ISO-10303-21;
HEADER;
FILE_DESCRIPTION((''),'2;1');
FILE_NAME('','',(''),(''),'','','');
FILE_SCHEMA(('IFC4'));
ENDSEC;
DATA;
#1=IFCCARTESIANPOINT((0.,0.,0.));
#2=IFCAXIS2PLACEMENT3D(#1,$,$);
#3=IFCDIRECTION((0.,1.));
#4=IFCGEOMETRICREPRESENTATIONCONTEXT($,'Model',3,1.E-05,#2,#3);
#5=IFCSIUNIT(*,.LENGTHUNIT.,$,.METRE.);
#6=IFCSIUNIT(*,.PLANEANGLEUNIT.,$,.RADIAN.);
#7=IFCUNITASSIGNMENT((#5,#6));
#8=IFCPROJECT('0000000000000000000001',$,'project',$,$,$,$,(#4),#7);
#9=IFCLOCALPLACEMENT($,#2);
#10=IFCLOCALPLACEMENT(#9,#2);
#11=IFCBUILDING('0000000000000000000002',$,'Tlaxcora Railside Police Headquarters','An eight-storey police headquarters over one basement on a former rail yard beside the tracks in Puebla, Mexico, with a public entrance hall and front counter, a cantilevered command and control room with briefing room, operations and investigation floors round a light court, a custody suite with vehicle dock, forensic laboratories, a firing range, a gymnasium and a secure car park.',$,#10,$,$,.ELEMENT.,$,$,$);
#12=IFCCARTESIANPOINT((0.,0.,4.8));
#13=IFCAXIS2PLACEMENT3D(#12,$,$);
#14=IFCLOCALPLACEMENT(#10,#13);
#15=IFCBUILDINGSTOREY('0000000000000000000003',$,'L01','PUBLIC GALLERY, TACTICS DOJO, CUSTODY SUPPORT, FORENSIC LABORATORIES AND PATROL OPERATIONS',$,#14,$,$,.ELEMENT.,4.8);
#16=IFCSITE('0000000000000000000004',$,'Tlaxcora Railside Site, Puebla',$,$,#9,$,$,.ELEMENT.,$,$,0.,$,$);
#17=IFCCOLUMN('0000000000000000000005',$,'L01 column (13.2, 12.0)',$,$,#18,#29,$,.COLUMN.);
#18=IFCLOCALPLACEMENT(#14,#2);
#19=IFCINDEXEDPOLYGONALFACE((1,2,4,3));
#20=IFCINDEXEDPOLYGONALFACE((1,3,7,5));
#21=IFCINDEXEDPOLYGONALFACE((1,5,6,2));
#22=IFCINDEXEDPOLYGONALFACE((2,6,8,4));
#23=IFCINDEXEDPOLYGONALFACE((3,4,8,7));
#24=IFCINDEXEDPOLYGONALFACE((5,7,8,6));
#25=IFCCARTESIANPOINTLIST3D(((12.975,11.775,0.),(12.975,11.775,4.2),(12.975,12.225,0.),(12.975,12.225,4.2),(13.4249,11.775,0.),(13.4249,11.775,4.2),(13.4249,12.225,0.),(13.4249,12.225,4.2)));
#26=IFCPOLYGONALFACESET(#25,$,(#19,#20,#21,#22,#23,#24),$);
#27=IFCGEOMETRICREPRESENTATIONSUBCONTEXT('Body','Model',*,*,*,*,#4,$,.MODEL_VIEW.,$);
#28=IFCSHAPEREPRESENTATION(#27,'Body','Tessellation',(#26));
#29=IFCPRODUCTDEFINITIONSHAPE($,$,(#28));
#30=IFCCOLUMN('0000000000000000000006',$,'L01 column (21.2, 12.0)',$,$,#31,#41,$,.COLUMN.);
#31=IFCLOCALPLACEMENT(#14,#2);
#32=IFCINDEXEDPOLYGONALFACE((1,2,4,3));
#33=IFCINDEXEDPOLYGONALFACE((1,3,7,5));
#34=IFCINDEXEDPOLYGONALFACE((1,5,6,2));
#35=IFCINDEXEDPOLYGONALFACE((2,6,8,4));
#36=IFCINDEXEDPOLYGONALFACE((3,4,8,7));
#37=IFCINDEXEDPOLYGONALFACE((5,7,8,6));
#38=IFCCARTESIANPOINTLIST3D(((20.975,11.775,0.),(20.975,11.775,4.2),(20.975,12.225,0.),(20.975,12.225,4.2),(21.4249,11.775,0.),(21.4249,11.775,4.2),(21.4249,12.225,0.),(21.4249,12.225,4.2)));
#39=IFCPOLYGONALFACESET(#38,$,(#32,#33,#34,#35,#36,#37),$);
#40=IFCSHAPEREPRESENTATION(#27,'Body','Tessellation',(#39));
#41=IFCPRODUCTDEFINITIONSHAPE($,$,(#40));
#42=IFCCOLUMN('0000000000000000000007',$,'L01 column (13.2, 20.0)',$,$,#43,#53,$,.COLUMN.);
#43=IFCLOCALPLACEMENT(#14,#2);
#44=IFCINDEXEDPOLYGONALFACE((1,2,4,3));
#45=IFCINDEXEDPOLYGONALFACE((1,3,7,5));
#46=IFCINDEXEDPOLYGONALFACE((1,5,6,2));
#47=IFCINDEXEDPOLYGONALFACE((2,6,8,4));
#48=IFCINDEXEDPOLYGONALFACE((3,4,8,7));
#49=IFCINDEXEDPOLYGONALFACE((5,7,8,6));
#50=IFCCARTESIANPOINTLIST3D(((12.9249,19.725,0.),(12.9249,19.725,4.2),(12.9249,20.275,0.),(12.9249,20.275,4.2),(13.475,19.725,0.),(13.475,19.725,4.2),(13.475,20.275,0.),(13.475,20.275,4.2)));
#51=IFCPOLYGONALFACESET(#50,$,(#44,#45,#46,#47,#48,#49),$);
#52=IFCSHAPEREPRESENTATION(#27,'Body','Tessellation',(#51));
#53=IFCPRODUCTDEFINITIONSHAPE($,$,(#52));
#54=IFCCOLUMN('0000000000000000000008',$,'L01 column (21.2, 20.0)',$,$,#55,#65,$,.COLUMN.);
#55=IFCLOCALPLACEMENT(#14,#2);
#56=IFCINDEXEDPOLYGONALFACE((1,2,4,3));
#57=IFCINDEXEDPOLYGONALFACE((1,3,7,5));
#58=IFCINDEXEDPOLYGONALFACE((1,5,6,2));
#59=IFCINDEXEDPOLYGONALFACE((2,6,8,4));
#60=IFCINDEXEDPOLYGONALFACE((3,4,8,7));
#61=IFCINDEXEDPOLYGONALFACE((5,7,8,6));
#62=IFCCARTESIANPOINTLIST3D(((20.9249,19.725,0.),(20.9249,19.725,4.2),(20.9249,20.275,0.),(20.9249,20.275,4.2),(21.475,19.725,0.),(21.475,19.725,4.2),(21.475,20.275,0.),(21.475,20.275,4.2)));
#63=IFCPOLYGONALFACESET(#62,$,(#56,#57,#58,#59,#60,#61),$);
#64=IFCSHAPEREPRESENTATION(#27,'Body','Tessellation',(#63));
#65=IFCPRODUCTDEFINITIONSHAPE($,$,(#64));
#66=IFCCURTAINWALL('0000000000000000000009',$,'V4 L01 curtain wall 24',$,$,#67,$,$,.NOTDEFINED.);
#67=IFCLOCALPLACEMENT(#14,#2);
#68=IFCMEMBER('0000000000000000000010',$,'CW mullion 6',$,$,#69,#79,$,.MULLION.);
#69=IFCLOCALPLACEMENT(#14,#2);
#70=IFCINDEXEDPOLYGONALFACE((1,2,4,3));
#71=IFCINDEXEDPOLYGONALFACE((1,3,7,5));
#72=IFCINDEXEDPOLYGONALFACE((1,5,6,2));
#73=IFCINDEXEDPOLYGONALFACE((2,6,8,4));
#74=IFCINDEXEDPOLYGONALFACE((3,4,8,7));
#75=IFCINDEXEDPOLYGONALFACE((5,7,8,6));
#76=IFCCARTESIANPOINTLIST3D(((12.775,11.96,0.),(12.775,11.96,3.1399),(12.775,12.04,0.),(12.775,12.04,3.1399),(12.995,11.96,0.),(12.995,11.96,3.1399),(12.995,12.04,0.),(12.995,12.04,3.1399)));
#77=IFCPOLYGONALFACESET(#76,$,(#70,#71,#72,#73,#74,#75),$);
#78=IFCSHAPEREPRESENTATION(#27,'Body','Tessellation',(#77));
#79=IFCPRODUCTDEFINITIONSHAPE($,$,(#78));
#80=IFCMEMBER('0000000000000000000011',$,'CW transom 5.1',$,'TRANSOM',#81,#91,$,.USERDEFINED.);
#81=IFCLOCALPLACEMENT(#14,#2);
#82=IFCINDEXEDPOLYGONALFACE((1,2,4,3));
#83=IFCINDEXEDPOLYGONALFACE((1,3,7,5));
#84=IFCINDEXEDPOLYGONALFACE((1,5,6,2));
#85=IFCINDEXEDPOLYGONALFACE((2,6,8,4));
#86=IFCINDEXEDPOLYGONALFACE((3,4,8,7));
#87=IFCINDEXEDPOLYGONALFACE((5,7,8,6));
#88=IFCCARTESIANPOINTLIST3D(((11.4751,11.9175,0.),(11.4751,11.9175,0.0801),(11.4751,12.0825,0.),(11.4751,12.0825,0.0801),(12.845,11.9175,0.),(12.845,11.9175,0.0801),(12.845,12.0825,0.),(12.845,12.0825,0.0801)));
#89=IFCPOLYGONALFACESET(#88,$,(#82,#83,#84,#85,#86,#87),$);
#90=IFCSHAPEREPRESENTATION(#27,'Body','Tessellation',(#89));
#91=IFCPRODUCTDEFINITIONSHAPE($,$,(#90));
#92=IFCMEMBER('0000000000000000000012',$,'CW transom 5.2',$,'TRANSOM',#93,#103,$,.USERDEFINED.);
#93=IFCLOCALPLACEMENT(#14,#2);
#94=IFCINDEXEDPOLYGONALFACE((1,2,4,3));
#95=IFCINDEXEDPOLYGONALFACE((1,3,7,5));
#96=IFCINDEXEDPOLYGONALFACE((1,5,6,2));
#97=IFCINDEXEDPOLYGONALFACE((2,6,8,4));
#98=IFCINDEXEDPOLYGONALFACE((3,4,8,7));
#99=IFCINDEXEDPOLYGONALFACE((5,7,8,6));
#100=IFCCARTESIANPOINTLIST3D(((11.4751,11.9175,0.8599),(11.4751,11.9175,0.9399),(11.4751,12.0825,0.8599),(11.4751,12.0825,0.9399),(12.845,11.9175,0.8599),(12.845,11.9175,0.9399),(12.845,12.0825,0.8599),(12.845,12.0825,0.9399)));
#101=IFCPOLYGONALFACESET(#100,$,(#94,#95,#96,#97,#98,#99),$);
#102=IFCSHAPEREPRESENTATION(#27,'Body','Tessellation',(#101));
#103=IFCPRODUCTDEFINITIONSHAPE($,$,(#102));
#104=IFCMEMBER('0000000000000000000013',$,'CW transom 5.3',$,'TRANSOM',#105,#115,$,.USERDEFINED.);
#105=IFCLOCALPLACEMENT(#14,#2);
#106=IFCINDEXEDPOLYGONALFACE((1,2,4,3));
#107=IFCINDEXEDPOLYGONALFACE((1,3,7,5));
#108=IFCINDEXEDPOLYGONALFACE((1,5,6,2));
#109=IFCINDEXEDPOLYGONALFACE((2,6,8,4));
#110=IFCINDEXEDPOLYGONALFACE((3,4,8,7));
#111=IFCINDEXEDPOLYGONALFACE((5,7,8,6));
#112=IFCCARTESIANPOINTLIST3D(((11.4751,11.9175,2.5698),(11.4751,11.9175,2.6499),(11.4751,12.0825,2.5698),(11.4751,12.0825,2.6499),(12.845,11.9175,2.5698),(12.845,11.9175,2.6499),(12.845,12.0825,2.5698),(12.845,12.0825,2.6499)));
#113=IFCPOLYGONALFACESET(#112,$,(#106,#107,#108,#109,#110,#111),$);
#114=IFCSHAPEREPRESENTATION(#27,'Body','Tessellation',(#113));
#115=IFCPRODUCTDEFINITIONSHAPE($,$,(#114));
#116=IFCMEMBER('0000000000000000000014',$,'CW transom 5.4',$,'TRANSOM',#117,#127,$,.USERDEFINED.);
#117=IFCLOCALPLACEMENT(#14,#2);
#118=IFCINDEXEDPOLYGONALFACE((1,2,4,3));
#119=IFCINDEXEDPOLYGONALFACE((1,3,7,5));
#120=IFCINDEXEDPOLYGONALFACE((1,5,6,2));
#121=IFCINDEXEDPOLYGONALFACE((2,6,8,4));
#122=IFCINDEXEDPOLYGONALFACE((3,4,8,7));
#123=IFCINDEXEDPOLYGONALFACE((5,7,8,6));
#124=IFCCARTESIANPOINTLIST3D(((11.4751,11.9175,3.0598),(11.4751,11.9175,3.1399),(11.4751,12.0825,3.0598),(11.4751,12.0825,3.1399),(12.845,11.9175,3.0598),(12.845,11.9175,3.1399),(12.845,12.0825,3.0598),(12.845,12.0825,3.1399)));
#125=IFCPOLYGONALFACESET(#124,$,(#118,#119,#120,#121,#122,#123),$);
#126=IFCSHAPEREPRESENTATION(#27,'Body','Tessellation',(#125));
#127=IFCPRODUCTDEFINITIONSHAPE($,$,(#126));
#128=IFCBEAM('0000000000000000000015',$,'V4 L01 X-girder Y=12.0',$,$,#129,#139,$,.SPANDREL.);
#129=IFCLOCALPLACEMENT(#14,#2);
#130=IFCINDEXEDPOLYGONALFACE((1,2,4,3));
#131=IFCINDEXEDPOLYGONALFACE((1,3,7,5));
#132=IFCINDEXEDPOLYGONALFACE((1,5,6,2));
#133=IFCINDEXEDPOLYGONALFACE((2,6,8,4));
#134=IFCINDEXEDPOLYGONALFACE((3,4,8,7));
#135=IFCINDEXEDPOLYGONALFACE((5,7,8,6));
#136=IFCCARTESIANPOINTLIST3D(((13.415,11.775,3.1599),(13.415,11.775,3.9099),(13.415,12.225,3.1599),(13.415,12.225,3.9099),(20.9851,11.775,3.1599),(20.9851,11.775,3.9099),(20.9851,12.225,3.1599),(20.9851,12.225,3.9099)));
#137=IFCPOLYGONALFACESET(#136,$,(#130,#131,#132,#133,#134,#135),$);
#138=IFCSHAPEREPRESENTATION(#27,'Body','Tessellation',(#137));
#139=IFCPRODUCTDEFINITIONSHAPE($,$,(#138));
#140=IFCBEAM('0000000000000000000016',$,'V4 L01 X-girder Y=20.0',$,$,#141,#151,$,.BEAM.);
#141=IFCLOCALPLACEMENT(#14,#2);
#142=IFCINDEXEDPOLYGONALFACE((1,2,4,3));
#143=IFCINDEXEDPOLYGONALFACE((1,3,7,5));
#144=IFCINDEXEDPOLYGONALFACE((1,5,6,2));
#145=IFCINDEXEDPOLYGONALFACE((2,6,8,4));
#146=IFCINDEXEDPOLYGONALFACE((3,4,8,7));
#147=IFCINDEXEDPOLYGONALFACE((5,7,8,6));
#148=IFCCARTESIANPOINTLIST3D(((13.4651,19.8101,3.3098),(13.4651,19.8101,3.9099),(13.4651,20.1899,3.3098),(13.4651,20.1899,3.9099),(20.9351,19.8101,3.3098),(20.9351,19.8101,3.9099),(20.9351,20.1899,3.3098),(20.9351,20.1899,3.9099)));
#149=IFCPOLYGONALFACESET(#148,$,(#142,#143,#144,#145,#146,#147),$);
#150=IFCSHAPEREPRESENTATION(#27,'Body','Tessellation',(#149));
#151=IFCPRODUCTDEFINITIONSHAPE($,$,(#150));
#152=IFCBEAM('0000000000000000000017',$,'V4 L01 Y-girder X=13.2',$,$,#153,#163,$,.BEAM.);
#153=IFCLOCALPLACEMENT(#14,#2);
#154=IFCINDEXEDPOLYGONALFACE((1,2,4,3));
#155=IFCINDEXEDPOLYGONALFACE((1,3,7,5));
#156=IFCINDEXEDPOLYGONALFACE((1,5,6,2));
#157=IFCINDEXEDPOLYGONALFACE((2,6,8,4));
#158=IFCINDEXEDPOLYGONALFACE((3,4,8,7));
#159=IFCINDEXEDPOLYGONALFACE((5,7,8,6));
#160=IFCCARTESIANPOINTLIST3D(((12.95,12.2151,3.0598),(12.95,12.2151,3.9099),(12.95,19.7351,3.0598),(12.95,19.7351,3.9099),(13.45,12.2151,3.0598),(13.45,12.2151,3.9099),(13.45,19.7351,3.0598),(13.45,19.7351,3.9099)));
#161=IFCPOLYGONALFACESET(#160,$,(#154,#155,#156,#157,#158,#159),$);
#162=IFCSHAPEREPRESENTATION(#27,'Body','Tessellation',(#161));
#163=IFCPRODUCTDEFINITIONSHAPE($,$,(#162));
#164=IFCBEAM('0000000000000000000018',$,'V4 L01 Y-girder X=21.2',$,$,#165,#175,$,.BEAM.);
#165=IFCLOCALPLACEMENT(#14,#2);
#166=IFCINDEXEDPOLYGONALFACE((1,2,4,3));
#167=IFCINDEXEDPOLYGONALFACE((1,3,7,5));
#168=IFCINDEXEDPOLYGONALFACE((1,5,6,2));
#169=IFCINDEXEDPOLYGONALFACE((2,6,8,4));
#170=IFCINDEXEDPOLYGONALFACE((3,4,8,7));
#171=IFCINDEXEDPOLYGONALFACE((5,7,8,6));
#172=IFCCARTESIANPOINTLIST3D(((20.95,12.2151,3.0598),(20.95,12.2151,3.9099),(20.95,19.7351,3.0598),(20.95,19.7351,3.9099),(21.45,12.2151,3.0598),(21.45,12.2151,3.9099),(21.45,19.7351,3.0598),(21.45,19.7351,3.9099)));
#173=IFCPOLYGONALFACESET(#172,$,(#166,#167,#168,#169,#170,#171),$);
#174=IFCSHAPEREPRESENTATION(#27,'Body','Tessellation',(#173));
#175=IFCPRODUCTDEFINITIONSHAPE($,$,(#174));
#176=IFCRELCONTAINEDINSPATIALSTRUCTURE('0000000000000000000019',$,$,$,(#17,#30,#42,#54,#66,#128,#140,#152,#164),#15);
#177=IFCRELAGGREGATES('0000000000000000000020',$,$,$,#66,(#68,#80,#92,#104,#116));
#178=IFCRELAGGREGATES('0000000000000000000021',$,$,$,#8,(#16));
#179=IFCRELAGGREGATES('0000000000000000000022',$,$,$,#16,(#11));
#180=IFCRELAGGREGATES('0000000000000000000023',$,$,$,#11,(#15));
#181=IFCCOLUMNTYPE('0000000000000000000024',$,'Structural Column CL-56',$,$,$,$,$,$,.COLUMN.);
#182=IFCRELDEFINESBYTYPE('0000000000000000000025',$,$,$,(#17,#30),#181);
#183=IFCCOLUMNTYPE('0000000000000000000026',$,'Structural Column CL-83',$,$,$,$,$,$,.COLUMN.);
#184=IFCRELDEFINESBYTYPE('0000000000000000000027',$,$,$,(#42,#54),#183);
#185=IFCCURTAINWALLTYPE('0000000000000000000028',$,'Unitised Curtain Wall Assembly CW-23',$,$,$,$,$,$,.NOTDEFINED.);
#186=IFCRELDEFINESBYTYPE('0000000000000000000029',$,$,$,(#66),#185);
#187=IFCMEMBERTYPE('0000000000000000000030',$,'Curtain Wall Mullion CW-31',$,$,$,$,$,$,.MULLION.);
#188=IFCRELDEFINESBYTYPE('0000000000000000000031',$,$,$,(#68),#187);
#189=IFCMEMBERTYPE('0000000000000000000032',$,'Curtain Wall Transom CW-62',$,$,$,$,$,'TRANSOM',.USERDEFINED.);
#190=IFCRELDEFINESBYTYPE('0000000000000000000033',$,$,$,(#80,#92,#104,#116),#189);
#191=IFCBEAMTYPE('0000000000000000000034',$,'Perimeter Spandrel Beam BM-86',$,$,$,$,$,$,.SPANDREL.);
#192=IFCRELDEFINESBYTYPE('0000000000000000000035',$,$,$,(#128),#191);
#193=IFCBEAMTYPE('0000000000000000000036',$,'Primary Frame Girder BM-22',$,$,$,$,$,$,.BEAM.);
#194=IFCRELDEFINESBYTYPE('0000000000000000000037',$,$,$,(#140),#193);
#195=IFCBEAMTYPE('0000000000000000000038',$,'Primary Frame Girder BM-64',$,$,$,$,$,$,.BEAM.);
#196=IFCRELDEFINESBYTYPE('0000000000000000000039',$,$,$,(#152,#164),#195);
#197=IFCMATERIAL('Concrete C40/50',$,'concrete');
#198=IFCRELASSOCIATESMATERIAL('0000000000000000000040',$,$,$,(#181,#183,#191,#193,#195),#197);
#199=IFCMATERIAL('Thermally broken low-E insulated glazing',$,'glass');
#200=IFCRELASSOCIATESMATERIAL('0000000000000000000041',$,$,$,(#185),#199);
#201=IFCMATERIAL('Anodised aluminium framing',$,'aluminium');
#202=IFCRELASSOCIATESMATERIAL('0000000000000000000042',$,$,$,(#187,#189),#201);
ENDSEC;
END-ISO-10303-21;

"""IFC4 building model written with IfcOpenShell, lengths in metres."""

from ifc_helpers import new_model, si_unit, direction, frame, origin, origin_2d, place, context, subcontext, project, spatial, rectangle, extrude, material, material_profile, profile_set, type_object, element, aggregate, save


model = new_model("IFC4")

# Units and contexts
model_context = context("Model", 3, precision=1e-05, world=origin(), true_north=direction((0.0, 1.0)))
body_context = subcontext(model_context, "Body", "Model", "MODEL_VIEW")
ifc_project = project(units=[si_unit("LENGTHUNIT", "METRE"), si_unit("PLANEANGLEUNIT", "RADIAN")], contexts=[model_context])

# Site, building, storey
site_placement = place(None, origin())
site = spatial("IfcSite", under=ifc_project, at=site_placement, Name="Tlaxcora Railside Site, Puebla", CompositionType="ELEMENT", RefElevation=0.0)
building_placement = place(site_placement, origin())
building = spatial("IfcBuilding", under=site, at=building_placement, Name="Tlaxcora Railside Police Headquarters", Description="An eight-storey police headquarters over one basement on a former rail yard beside the tracks in Puebla, Mexico, with a public entrance hall and front counter, a cantilevered command and control room with briefing room, operations and investigation floors round a light court, a custody suite with vehicle dock, forensic laboratories, a firing range, a gymnasium and a secure car park.", CompositionType="ELEMENT")
storey_placement = place(building_placement, frame((0.0, 0.0, 4.8)))
storey = spatial("IfcBuildingStorey", under=building, at=storey_placement, Name="L01", Description="PUBLIC GALLERY, TACTICS DOJO, CUSTODY SUPPORT, FORENSIC LABORATORIES AND PATROL OPERATIONS", CompositionType="ELEMENT", Elevation=4.8)

# Columns
ifc_material_1 = material(Name="Concrete C40/50", Category="concrete")
ifc_material_profile_1 = material_profile(ifc_material_1, rectangle(XDim=0.45, YDim=0.45, at=origin_2d()), Name="RC450X450")
ifc_profile_set_1 = profile_set([ifc_material_profile_1], Name="Concrete C40/50")
column_type_1 = type_object("IfcColumnType", Name="Structural Column CL-56", PredefinedType="COLUMN", material=ifc_profile_set_1)
for number, where, z_axis, x_axis, name in (
    (1, (13.2, 12.0, 0.0), (0.0, 0.0, 1.0), (1.0, 0.0, 0.0), "L01 column (13.2, 12.0)"),
    (2, (21.2, 12.0, 0.0), (0.0, 0.0, 1.0), (1.0, 0.0, 0.0), "L01 column (21.2, 12.0)"),
):
    element("IfcColumn", number, at=place(storey_placement, frame(where, z_axis=z_axis, x_axis=x_axis)), inside=storey, type_object=column_type_1, Name=name, PredefinedType="COLUMN", context=body_context, shape_type="SweptSolid", body=[
        extrude(rectangle(XDim=0.45, YDim=0.45, at=origin_2d()), origin(), (0.0, 0.0, 1.0), 4.2),
    ])
ifc_material_profile_2 = material_profile(ifc_material_1, rectangle(XDim=0.55, YDim=0.55, at=origin_2d()), Name="RC550X550")
ifc_profile_set_2 = profile_set([ifc_material_profile_2], Name="Concrete C40/50")
column_type_2 = type_object("IfcColumnType", Name="Structural Column CL-83", PredefinedType="COLUMN", material=ifc_profile_set_2)
for number, where, z_axis, x_axis, name in (
    (3, (13.2, 20.0, 0.0), (0.0, 0.0, 1.0), (1.0, 0.0, 0.0), "L01 column (13.2, 20.0)"),
    (4, (21.2, 20.0, 0.0), (0.0, 0.0, 1.0), (1.0, 0.0, 0.0), "L01 column (21.2, 20.0)"),
):
    element("IfcColumn", number, at=place(storey_placement, frame(where, z_axis=z_axis, x_axis=x_axis)), inside=storey, type_object=column_type_2, Name=name, PredefinedType="COLUMN", context=body_context, shape_type="SweptSolid", body=[
        extrude(rectangle(XDim=0.55, YDim=0.55, at=origin_2d()), origin(), (0.0, 0.0, 1.0), 4.2),
    ])

# Curtain wall, members
ifc_material_2 = material(Name="Thermally broken low-E insulated glazing", Category="glass")
curtain_wall_type = type_object("IfcCurtainWallType", Name="Unitised Curtain Wall Assembly CW-23", PredefinedType="NOTDEFINED", material=ifc_material_2)
curtain_wall_placement = place(storey_placement, origin())
curtain_wall = element("IfcCurtainWall", 5, at=curtain_wall_placement, inside=storey, type_object=curtain_wall_type, Name="V4 L01 curtain wall 24", PredefinedType="NOTDEFINED")
ifc_material_3 = material(Name="Anodised aluminium framing", Category="aluminium")
ifc_material_profile_3 = material_profile(ifc_material_3, rectangle(XDim=0.0801, YDim=0.22, at=origin_2d()), Name="AL80X220")
ifc_profile_set_3 = profile_set([ifc_material_profile_3], Name="Anodised aluminium framing")
member_type_1 = type_object("IfcMemberType", Name="Curtain Wall Mullion CW-31", PredefinedType="MULLION", material=ifc_profile_set_3)
member_1_placement = place(storey_placement, frame((12.885, 12.0, 0.0), z_axis=(0.0, 0.0, 1.0), x_axis=(0.0, 1.0, 0.0)))
member_1 = element("IfcMember", 6, at=member_1_placement, type_object=member_type_1, Name="CW mullion 6", PredefinedType="MULLION", context=body_context, shape_type="SweptSolid", body=[
    extrude(rectangle(XDim=0.0801, YDim=0.22, at=origin_2d()), origin(), (0.0, 0.0, 1.0), 3.1399),
])
ifc_material_profile_4 = material_profile(ifc_material_3, rectangle(XDim=0.165, YDim=0.0801, at=origin_2d()), Name="AL80X165")
ifc_profile_set_4 = profile_set([ifc_material_profile_4], Name="Anodised aluminium framing")
member_type_2 = type_object("IfcMemberType", Name="Curtain Wall Transom CW-62", ElementType="TRANSOM", PredefinedType="USERDEFINED", material=ifc_profile_set_4)
member_2_placement = place(storey_placement, frame((11.4751, 12.0, 0.04), z_axis=(1.0, 0.0, 0.0), x_axis=(0.0, 1.0, 0.0)))
member_2 = element("IfcMember", 7, at=member_2_placement, type_object=member_type_2, Name="CW transom 5.1", ObjectType="TRANSOM", PredefinedType="USERDEFINED", context=body_context, shape_type="SweptSolid", body=[
    extrude(rectangle(XDim=0.165, YDim=0.0801, at=origin_2d()), origin(), (0.0, 0.0, 1.0), 1.3699),
])
member_3_placement = place(storey_placement, frame((11.4751, 12.0, 0.8999), z_axis=(1.0, 0.0, 0.0), x_axis=(0.0, 1.0, 0.0)))
member_3 = element("IfcMember", 8, at=member_3_placement, type_object=member_type_2, Name="CW transom 5.2", ObjectType="TRANSOM", PredefinedType="USERDEFINED", context=body_context, shape_type="SweptSolid", body=[
    extrude(rectangle(XDim=0.165, YDim=0.0801, at=origin_2d()), origin(), (0.0, 0.0, 1.0), 1.3699),
])
member_4_placement = place(storey_placement, frame((11.4751, 12.0, 2.6099), z_axis=(1.0, 0.0, 0.0), x_axis=(0.0, 1.0, 0.0)))
member_4 = element("IfcMember", 9, at=member_4_placement, type_object=member_type_2, Name="CW transom 5.3", ObjectType="TRANSOM", PredefinedType="USERDEFINED", context=body_context, shape_type="SweptSolid", body=[
    extrude(rectangle(XDim=0.165, YDim=0.0801, at=origin_2d()), origin(), (0.0, 0.0, 1.0), 1.3699),
])
member_5_placement = place(storey_placement, frame((11.4751, 12.0, 3.0999), z_axis=(1.0, 0.0, 0.0), x_axis=(0.0, 1.0, 0.0)))
member_5 = element("IfcMember", 10, at=member_5_placement, type_object=member_type_2, Name="CW transom 5.4", ObjectType="TRANSOM", PredefinedType="USERDEFINED", context=body_context, shape_type="SweptSolid", body=[
    extrude(rectangle(XDim=0.165, YDim=0.0801, at=origin_2d()), origin(), (0.0, 0.0, 1.0), 1.3699),
])

# Beams
ifc_material_profile_5 = material_profile(ifc_material_1, rectangle(XDim=0.45, YDim=0.75, at=origin_2d()), Name="RC450X750")
ifc_profile_set_5 = profile_set([ifc_material_profile_5], Name="Concrete C40/50")
beam_type_1 = type_object("IfcBeamType", Name="Perimeter Spandrel Beam BM-86", PredefinedType="SPANDREL", material=ifc_profile_set_5)
beam_1_placement = place(storey_placement, frame((13.415, 12.0, 3.5349), z_axis=(1.0, 0.0, 0.0), x_axis=(0.0, 1.0, 0.0)))
element("IfcBeam", 11, at=beam_1_placement, inside=storey, type_object=beam_type_1, Name="V4 L01 X-girder Y=12.0", PredefinedType="SPANDREL", context=body_context, shape_type="SweptSolid", body=[
    extrude(rectangle(XDim=0.45, YDim=0.75, at=origin_2d()), origin(), (0.0, 0.0, 1.0), 7.5701),
])
ifc_material_profile_6 = material_profile(ifc_material_1, rectangle(XDim=0.3799, YDim=0.6001, at=origin_2d()), Name="RC380X600")
ifc_profile_set_6 = profile_set([ifc_material_profile_6], Name="Concrete C40/50")
beam_type_2 = type_object("IfcBeamType", Name="Primary Frame Girder BM-22", PredefinedType="BEAM", material=ifc_profile_set_6)
beam_2_placement = place(storey_placement, frame((13.4651, 20.0, 3.6099), z_axis=(1.0, 0.0, 0.0), x_axis=(0.0, 1.0, 0.0)))
element("IfcBeam", 12, at=beam_2_placement, inside=storey, type_object=beam_type_2, Name="V4 L01 X-girder Y=20.0", PredefinedType="BEAM", context=body_context, shape_type="SweptSolid", body=[
    extrude(rectangle(XDim=0.3799, YDim=0.6001, at=origin_2d()), origin(), (0.0, 0.0, 1.0), 7.47),
])
ifc_material_profile_7 = material_profile(ifc_material_1, rectangle(XDim=0.5, YDim=0.8501, at=origin_2d()), Name="RC500X850")
ifc_profile_set_7 = profile_set([ifc_material_profile_7], Name="Concrete C40/50")
beam_type_3 = type_object("IfcBeamType", Name="Primary Frame Girder BM-64", PredefinedType="BEAM", material=ifc_profile_set_7)
for number, where, z_axis, x_axis, name in (
    (13, (13.2, 12.2151, 3.4849), (0.0, 1.0, 0.0), (-1.0, 0.0, 0.0), "V4 L01 Y-girder X=13.2"),
    (14, (21.2, 12.2151, 3.4849), (0.0, 1.0, 0.0), (-1.0, 0.0, 0.0), "V4 L01 Y-girder X=21.2"),
):
    element("IfcBeam", number, at=place(storey_placement, frame(where, z_axis=z_axis, x_axis=x_axis)), inside=storey, type_object=beam_type_3, Name=name, PredefinedType="BEAM", context=body_context, shape_type="SweptSolid", body=[
        extrude(rectangle(XDim=0.5, YDim=0.8501, at=origin_2d()), origin(), (0.0, 0.0, 1.0), 7.52),
    ])

aggregate(curtain_wall, [member_1, member_2, member_3, member_4, member_5])

save(model, "model.ifc")
